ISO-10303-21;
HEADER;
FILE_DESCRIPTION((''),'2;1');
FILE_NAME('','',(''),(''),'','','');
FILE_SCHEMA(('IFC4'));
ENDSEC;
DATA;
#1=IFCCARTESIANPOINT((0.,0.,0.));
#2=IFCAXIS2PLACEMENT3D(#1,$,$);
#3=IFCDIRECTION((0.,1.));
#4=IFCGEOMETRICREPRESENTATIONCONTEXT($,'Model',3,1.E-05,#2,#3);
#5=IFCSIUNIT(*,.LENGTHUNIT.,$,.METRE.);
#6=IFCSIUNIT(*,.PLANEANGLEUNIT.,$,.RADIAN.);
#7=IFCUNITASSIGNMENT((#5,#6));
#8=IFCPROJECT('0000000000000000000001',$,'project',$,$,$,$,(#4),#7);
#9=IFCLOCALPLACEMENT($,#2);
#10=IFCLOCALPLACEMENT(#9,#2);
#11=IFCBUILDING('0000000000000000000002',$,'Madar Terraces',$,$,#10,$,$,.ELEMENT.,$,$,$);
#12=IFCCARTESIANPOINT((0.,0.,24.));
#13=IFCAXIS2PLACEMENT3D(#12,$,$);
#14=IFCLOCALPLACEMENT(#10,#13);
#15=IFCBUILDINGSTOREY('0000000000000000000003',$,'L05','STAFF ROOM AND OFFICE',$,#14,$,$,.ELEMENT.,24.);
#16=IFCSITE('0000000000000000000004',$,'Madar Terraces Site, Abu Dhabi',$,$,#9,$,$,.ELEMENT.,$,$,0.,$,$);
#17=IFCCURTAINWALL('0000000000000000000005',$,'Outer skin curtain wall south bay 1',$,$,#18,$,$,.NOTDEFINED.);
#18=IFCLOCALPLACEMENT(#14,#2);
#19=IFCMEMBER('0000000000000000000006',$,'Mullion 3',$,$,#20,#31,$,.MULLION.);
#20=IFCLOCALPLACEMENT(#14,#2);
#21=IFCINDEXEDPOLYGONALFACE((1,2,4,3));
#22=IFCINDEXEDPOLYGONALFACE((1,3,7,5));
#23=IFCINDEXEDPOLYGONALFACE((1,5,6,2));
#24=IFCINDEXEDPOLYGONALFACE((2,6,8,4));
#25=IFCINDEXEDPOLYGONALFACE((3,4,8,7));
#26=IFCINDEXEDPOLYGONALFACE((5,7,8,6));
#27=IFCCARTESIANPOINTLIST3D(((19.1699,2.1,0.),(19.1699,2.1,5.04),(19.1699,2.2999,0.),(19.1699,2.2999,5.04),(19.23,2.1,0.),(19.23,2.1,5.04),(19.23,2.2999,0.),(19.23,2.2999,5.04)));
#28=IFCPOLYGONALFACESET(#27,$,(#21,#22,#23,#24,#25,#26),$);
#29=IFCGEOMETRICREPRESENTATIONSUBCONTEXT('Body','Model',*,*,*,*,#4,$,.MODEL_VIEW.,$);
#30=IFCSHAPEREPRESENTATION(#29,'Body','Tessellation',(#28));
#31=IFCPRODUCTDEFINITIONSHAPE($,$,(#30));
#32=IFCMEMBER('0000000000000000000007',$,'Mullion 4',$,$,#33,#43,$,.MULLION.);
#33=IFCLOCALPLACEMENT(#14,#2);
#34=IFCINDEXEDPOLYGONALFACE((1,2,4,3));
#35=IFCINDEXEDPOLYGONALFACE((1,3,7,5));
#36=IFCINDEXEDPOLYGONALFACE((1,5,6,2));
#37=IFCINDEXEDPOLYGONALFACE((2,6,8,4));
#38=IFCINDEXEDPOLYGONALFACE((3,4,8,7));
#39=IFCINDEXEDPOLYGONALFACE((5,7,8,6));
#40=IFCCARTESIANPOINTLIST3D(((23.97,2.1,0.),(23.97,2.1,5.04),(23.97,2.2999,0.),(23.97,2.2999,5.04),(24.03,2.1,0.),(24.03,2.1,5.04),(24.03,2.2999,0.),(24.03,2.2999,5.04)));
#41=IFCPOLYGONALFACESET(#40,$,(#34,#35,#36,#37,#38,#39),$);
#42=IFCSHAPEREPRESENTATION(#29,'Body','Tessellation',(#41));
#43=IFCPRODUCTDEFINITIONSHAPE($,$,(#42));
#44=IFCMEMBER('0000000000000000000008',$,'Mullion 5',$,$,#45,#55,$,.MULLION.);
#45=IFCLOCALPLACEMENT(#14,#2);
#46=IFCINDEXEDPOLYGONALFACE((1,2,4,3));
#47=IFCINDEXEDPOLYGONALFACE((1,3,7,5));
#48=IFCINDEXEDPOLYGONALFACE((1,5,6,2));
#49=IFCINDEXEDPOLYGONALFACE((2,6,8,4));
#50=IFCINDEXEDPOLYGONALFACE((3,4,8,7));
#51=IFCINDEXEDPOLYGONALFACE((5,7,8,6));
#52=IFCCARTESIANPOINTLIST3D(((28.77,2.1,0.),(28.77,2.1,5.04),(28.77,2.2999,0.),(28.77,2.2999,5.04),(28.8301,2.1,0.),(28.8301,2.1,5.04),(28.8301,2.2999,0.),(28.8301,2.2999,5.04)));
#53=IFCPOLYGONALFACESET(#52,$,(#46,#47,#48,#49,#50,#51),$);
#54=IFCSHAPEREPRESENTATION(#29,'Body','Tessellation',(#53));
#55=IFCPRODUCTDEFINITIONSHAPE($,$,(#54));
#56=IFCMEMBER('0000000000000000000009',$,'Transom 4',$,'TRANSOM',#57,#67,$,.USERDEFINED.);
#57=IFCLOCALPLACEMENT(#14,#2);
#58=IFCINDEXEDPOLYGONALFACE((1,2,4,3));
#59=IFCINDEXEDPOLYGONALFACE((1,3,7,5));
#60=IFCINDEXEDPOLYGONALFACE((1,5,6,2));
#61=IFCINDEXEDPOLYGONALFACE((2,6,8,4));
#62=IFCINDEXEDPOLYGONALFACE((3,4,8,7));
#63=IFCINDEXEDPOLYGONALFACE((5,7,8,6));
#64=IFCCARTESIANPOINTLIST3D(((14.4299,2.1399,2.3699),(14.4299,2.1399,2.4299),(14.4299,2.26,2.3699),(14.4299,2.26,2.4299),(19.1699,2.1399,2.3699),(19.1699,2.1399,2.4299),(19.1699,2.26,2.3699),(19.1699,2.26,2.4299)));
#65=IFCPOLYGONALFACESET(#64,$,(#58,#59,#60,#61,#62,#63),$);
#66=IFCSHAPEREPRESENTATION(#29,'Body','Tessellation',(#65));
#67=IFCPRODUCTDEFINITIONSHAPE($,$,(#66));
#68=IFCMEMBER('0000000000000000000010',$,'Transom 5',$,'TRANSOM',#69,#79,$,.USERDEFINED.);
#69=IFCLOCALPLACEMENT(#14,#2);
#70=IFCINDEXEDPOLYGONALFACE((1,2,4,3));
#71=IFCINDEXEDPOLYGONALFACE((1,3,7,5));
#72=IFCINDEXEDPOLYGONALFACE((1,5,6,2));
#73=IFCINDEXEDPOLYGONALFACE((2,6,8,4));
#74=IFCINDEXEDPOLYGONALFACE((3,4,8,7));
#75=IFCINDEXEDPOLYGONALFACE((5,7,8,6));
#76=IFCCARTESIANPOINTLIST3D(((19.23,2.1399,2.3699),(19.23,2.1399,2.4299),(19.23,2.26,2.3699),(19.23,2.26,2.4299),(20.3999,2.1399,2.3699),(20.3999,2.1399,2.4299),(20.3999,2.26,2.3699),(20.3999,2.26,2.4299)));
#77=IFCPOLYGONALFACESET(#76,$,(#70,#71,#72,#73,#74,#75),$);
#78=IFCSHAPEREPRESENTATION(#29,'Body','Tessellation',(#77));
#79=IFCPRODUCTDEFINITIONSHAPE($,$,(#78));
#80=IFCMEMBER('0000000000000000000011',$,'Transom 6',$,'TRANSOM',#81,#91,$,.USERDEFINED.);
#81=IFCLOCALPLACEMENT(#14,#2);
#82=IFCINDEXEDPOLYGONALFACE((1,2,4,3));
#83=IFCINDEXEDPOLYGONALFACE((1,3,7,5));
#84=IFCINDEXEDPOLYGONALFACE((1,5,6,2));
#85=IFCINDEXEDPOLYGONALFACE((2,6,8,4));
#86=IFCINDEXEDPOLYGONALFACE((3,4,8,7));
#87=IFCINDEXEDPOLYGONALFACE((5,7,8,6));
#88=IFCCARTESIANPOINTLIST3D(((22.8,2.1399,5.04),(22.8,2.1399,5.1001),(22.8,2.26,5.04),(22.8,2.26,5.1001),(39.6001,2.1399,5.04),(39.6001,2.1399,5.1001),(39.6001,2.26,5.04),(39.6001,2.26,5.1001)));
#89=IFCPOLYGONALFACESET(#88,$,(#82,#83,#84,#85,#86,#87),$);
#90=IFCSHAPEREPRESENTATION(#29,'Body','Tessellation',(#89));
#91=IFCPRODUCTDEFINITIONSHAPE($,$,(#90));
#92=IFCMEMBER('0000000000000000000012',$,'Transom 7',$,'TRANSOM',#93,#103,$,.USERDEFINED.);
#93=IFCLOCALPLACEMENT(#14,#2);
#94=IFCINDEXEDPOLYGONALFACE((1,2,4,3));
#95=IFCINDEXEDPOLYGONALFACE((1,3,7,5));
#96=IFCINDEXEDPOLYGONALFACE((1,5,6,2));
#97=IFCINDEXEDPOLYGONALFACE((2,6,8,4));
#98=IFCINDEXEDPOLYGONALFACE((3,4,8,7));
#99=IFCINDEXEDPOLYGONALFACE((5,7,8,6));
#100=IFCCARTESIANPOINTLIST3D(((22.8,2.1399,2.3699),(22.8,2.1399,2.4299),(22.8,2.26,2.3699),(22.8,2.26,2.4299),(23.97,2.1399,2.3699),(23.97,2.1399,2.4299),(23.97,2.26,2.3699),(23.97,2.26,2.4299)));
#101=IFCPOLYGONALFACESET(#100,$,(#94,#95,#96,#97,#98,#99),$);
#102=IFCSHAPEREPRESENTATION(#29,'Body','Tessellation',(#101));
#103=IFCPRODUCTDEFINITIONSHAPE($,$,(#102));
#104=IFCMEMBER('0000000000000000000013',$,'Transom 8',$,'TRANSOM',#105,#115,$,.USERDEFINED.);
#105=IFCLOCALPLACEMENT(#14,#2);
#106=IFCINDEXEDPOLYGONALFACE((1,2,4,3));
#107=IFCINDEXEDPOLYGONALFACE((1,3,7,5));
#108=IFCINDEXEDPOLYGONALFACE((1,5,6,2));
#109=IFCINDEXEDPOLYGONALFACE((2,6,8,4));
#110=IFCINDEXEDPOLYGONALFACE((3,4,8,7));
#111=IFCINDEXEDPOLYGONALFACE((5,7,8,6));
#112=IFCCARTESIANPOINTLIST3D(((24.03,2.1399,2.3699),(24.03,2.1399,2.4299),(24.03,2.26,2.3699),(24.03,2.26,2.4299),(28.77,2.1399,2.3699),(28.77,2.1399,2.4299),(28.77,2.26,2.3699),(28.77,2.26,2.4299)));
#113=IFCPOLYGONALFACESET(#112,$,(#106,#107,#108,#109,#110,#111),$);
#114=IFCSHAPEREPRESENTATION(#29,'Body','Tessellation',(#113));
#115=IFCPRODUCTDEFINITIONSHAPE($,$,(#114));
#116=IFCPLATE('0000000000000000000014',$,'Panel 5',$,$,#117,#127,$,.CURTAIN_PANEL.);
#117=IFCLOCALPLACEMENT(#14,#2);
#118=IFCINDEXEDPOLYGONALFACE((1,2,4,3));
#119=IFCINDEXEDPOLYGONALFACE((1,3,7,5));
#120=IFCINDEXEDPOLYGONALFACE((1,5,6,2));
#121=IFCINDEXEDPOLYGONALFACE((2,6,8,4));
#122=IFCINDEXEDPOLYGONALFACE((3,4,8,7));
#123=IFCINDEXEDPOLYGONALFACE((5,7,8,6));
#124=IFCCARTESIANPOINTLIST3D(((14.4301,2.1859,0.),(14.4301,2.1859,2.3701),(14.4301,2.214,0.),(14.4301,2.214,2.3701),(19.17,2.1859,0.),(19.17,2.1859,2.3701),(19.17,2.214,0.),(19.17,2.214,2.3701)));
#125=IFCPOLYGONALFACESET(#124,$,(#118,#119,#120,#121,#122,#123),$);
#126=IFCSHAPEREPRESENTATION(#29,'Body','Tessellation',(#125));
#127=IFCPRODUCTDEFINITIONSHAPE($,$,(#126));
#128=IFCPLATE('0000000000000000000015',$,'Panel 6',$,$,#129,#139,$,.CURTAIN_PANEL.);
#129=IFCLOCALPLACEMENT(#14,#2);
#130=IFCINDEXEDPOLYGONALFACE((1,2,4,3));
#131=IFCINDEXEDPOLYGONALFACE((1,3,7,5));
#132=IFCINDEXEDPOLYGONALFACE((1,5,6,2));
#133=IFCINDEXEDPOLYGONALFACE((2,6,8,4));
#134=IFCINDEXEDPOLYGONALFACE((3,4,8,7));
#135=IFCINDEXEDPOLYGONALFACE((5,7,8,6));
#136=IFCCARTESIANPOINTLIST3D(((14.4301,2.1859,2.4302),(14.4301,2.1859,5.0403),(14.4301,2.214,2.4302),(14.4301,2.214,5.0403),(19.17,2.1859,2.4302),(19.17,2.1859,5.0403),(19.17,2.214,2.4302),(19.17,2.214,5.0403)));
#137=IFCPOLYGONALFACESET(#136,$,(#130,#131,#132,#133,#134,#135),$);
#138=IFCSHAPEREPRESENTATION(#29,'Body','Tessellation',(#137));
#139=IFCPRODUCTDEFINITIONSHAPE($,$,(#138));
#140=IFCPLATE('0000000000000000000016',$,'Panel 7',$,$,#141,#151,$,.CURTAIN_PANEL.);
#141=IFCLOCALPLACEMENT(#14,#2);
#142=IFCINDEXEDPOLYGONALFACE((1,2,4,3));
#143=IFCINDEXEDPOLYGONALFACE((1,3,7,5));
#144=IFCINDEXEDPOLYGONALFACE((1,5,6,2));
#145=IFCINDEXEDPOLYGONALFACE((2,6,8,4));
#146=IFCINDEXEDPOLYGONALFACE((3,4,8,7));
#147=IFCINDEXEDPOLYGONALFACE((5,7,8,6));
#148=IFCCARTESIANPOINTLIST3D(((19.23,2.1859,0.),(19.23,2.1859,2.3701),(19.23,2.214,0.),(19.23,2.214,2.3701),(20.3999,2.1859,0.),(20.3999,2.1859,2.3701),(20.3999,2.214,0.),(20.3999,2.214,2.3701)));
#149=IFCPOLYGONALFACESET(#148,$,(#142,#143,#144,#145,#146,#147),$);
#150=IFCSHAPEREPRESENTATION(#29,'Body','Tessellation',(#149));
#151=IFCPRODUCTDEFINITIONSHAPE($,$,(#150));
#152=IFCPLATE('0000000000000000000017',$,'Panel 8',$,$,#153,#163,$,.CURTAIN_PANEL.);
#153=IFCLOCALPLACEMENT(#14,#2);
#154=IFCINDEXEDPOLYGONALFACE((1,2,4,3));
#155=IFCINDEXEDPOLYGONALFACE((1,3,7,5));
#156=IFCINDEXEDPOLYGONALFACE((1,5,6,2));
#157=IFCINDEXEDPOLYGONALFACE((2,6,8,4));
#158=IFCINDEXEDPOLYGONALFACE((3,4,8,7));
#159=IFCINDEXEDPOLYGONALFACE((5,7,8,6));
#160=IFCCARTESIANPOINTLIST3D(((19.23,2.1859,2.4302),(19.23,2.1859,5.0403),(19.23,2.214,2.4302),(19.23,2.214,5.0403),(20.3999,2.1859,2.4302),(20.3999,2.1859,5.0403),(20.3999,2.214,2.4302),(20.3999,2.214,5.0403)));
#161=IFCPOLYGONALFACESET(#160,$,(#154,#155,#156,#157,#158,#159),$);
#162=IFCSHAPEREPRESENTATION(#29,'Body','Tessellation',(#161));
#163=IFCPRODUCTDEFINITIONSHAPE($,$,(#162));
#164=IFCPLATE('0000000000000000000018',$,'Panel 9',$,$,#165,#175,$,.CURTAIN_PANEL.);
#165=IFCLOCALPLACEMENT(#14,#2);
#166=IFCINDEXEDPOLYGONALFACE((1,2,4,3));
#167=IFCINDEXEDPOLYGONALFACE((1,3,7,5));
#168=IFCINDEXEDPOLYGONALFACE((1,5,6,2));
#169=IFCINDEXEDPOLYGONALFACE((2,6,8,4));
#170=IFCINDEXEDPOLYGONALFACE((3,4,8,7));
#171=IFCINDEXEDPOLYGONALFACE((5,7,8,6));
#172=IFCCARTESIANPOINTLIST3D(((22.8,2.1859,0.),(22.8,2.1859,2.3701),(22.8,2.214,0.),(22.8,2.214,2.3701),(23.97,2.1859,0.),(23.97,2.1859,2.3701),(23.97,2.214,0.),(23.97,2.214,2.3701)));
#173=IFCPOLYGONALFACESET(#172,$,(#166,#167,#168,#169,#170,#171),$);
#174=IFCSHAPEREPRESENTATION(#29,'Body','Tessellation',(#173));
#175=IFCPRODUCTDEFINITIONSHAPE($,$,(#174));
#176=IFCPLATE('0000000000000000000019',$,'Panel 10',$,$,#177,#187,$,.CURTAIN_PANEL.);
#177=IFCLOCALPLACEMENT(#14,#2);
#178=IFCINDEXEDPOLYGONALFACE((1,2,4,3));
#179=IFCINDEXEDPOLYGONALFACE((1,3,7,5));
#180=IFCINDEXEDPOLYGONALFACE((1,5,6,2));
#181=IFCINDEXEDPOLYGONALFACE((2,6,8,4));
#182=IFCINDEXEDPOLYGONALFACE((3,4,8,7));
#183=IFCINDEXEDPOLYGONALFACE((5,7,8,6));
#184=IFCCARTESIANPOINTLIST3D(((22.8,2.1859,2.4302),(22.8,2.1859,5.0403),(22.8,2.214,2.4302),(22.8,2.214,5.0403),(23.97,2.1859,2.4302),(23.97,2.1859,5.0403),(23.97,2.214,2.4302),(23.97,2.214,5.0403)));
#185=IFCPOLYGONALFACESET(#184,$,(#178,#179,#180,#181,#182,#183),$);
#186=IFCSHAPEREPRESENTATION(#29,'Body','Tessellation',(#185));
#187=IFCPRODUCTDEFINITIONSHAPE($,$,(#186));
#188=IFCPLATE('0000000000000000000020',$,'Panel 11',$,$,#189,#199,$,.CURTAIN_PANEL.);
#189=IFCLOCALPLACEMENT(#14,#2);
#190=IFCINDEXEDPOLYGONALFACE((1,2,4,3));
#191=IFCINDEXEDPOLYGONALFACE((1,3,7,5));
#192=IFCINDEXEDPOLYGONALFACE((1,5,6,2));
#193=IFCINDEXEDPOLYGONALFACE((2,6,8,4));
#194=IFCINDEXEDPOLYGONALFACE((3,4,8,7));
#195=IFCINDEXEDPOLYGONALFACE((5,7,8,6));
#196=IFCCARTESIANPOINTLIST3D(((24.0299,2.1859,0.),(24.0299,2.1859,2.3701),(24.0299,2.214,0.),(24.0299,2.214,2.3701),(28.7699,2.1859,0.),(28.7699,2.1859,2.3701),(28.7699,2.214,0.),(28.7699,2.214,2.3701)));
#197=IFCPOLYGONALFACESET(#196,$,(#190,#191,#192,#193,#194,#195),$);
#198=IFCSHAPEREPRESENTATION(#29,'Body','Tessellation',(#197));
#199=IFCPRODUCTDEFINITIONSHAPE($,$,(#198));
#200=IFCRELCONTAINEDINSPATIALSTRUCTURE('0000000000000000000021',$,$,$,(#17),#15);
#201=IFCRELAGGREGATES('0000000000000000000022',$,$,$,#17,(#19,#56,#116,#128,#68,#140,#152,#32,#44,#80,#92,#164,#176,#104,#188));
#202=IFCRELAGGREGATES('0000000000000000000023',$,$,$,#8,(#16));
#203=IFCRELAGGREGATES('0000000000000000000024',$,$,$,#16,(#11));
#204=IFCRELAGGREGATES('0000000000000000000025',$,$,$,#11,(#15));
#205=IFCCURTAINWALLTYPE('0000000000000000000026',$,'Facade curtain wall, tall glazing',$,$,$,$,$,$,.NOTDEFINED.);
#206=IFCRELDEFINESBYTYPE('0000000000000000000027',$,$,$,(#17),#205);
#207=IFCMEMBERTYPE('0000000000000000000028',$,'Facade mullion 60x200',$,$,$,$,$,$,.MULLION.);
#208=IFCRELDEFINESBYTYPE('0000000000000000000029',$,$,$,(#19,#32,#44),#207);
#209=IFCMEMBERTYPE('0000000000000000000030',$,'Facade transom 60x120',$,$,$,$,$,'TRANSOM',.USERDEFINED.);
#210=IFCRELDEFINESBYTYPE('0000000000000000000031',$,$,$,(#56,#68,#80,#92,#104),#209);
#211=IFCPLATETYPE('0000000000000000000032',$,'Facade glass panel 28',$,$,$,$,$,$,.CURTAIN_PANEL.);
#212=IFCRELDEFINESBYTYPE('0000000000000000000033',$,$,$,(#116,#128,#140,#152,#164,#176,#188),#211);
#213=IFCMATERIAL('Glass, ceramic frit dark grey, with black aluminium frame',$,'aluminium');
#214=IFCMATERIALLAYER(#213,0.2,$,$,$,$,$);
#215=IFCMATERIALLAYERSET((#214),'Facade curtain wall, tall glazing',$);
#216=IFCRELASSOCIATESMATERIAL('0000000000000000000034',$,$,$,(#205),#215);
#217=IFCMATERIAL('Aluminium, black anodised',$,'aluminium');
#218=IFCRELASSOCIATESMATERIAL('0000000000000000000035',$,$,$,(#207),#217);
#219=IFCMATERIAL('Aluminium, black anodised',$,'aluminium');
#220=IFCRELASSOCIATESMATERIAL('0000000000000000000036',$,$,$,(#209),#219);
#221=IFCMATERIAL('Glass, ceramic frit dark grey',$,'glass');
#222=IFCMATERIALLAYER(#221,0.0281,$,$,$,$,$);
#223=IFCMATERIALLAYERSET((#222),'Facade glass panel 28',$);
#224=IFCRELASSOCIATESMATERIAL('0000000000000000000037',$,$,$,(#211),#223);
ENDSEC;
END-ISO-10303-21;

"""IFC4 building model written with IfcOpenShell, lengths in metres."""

from ifc_helpers import new_model, si_unit, direction, frame, origin, origin_2d, place, context, subcontext, project, spatial, rectangle, extrude, material, layer, layer_set, material_profile, profile_set, type_object, element, aggregate, save


model = new_model("IFC4")

# Units and contexts
model_context = context("Model", 3, precision=1e-05, world=origin(), true_north=direction((0.0, 1.0)))
body_context = subcontext(model_context, "Body", "Model", "MODEL_VIEW")
ifc_project = project(units=[si_unit("LENGTHUNIT", "METRE"), si_unit("PLANEANGLEUNIT", "RADIAN")], contexts=[model_context])

# Site, building, storey
site_placement = place(None, origin())
site = spatial("IfcSite", under=ifc_project, at=site_placement, Name="Madar Terraces Site, Abu Dhabi", CompositionType="ELEMENT", RefElevation=0.0)
building_placement = place(site_placement, origin())
building = spatial("IfcBuilding", under=site, at=building_placement, Name="Madar Terraces", CompositionType="ELEMENT")
storey_placement = place(building_placement, frame((0.0, 0.0, 24.0)))
storey = spatial("IfcBuildingStorey", under=building, at=storey_placement, Name="L05", Description="STAFF ROOM AND OFFICE", CompositionType="ELEMENT", Elevation=24.0)

# Curtain wall, members, plates
ifc_material_1 = material(Name="Glass, ceramic frit dark grey, with black aluminium frame", Category="aluminium")
ifc_layer_1 = layer(ifc_material_1, 0.2)
ifc_layer_set_1 = layer_set([ifc_layer_1], Name="Facade curtain wall, tall glazing")
curtain_wall_type = type_object("IfcCurtainWallType", Name="Facade curtain wall, tall glazing", PredefinedType="NOTDEFINED", material=ifc_layer_set_1)
curtain_wall_placement = place(storey_placement, origin())
curtain_wall = element("IfcCurtainWall", 1, at=curtain_wall_placement, inside=storey, type_object=curtain_wall_type, Name="Outer skin curtain wall south bay 1", PredefinedType="NOTDEFINED")
ifc_material_2 = material(Name="Aluminium, black anodised", Category="aluminium")
ifc_material_profile_1 = material_profile(ifc_material_2, rectangle(XDim=0.2, YDim=0.0601, at=origin_2d()), Name="Facade mullion 60x200")
ifc_profile_set_1 = profile_set([ifc_material_profile_1], Name="Aluminium, black anodised")
member_type_1 = type_object("IfcMemberType", Name="Facade mullion 60x200", PredefinedType="MULLION", material=ifc_profile_set_1)
member_1_placement = place(storey_placement, frame((19.2, 2.2, 0.0), z_axis=(0.0, 0.0, 1.0), x_axis=(0.0, 1.0, 0.0)))
member_1 = element("IfcMember", 2, at=member_1_placement, type_object=member_type_1, Name="Mullion 3", PredefinedType="MULLION", context=body_context, shape_type="SweptSolid", body=[
    extrude(rectangle(XDim=0.2, YDim=0.0601, at=origin_2d()), origin(), (0.0, 0.0, 1.0), 5.04),
])
member_2_placement = place(storey_placement, frame((24.0, 2.2, 0.0), z_axis=(0.0, 0.0, 1.0), x_axis=(0.0, 1.0, 0.0)))
member_2 = element("IfcMember", 3, at=member_2_placement, type_object=member_type_1, Name="Mullion 4", PredefinedType="MULLION", context=body_context, shape_type="SweptSolid", body=[
    extrude(rectangle(XDim=0.2, YDim=0.0601, at=origin_2d()), origin(), (0.0, 0.0, 1.0), 5.04),
])
member_3_placement = place(storey_placement, frame((28.8, 2.2, 0.0), z_axis=(0.0, 0.0, 1.0), x_axis=(0.0, 1.0, 0.0)))
member_3 = element("IfcMember", 4, at=member_3_placement, type_object=member_type_1, Name="Mullion 5", PredefinedType="MULLION", context=body_context, shape_type="SweptSolid", body=[
    extrude(rectangle(XDim=0.2, YDim=0.0601, at=origin_2d()), origin(), (0.0, 0.0, 1.0), 5.04),
])
ifc_material_3 = material(Name="Aluminium, black anodised", Category="aluminium")
ifc_material_profile_2 = material_profile(ifc_material_3, rectangle(XDim=0.1201, YDim=0.0601, at=origin_2d()), Name="Facade transom 60x120")
ifc_profile_set_2 = profile_set([ifc_material_profile_2], Name="Aluminium, black anodised")
member_type_2 = type_object("IfcMemberType", Name="Facade transom 60x120", ElementType="TRANSOM", PredefinedType="USERDEFINED", material=ifc_profile_set_2)
member_4_placement = place(storey_placement, frame((14.4299, 2.2, 2.3999), z_axis=(1.0, 0.0, 0.0), x_axis=(0.0, 1.0, 0.0)))
member_4 = element("IfcMember", 5, at=member_4_placement, type_object=member_type_2, Name="Transom 4", ObjectType="TRANSOM", PredefinedType="USERDEFINED", context=body_context, shape_type="SweptSolid", body=[
    extrude(rectangle(XDim=0.1201, YDim=0.0601, at=origin_2d()), origin(), (0.0, 0.0, 1.0), 4.74),
])
member_5_placement = place(storey_placement, frame((19.23, 2.2, 2.3999), z_axis=(1.0, 0.0, 0.0), x_axis=(0.0, 1.0, 0.0)))
member_5 = element("IfcMember", 6, at=member_5_placement, type_object=member_type_2, Name="Transom 5", ObjectType="TRANSOM", PredefinedType="USERDEFINED", context=body_context, shape_type="SweptSolid", body=[
    extrude(rectangle(XDim=0.1201, YDim=0.0601, at=origin_2d()), origin(), (0.0, 0.0, 1.0), 1.1699),
])
member_6_placement = place(storey_placement, frame((22.8, 2.2, 5.0701), z_axis=(1.0, 0.0, 0.0), x_axis=(0.0, 1.0, 0.0)))
member_6 = element("IfcMember", 7, at=member_6_placement, type_object=member_type_2, Name="Transom 6", ObjectType="TRANSOM", PredefinedType="USERDEFINED", context=body_context, shape_type="SweptSolid", body=[
    extrude(rectangle(XDim=0.1201, YDim=0.0601, at=origin_2d()), origin(), (0.0, 0.0, 1.0), 16.8),
])
member_7_placement = place(storey_placement, frame((22.8, 2.2, 2.3999), z_axis=(1.0, 0.0, 0.0), x_axis=(0.0, 1.0, 0.0)))
member_7 = element("IfcMember", 8, at=member_7_placement, type_object=member_type_2, Name="Transom 7", ObjectType="TRANSOM", PredefinedType="USERDEFINED", context=body_context, shape_type="SweptSolid", body=[
    extrude(rectangle(XDim=0.1201, YDim=0.0601, at=origin_2d()), origin(), (0.0, 0.0, 1.0), 1.1699),
])
member_8_placement = place(storey_placement, frame((24.03, 2.2, 2.3999), z_axis=(1.0, 0.0, 0.0), x_axis=(0.0, 1.0, 0.0)))
member_8 = element("IfcMember", 9, at=member_8_placement, type_object=member_type_2, Name="Transom 8", ObjectType="TRANSOM", PredefinedType="USERDEFINED", context=body_context, shape_type="SweptSolid", body=[
    extrude(rectangle(XDim=0.1201, YDim=0.0601, at=origin_2d()), origin(), (0.0, 0.0, 1.0), 4.74),
])
ifc_material_4 = material(Name="Glass, ceramic frit dark grey", Category="glass")
ifc_layer_2 = layer(ifc_material_4, 0.0281)
ifc_layer_set_2 = layer_set([ifc_layer_2], Name="Facade glass panel 28")
plate_type = type_object("IfcPlateType", Name="Facade glass panel 28", PredefinedType="CURTAIN_PANEL", material=ifc_layer_set_2)
plate_1_placement = place(storey_placement, frame((16.8, 2.2, 0.0), z_axis=(0.0, 0.0, 1.0), x_axis=(1.0, 0.0, 0.0)))
plate_1 = element("IfcPlate", 10, at=plate_1_placement, type_object=plate_type, Name="Panel 5", PredefinedType="CURTAIN_PANEL", context=body_context, shape_type="SweptSolid", body=[
    extrude(rectangle(XDim=4.74, YDim=0.0281, at=origin_2d()), origin(), (0.0, 0.0, 1.0), 2.3701),
])
plate_2_placement = place(storey_placement, frame((16.8, 2.2, 2.4302), z_axis=(0.0, 0.0, 1.0), x_axis=(1.0, 0.0, 0.0)))
plate_2 = element("IfcPlate", 11, at=plate_2_placement, type_object=plate_type, Name="Panel 6", PredefinedType="CURTAIN_PANEL", context=body_context, shape_type="SweptSolid", body=[
    extrude(rectangle(XDim=4.74, YDim=0.0281, at=origin_2d()), origin(), (0.0, 0.0, 1.0), 2.6101),
])
plate_3_placement = place(storey_placement, frame((19.8149, 2.2, 0.0), z_axis=(0.0, 0.0, 1.0), x_axis=(1.0, 0.0, 0.0)))
plate_3 = element("IfcPlate", 12, at=plate_3_placement, type_object=plate_type, Name="Panel 7", PredefinedType="CURTAIN_PANEL", context=body_context, shape_type="SweptSolid", body=[
    extrude(rectangle(XDim=1.1699, YDim=0.0281, at=origin_2d()), origin(), (0.0, 0.0, 1.0), 2.3701),
])
plate_4_placement = place(storey_placement, frame((19.8149, 2.2, 2.4302), z_axis=(0.0, 0.0, 1.0), x_axis=(1.0, 0.0, 0.0)))
plate_4 = element("IfcPlate", 13, at=plate_4_placement, type_object=plate_type, Name="Panel 8", PredefinedType="CURTAIN_PANEL", context=body_context, shape_type="SweptSolid", body=[
    extrude(rectangle(XDim=1.1699, YDim=0.0281, at=origin_2d()), origin(), (0.0, 0.0, 1.0), 2.6101),
])
plate_5_placement = place(storey_placement, frame((23.385, 2.2, 0.0), z_axis=(0.0, 0.0, 1.0), x_axis=(1.0, 0.0, 0.0)))
plate_5 = element("IfcPlate", 14, at=plate_5_placement, type_object=plate_type, Name="Panel 9", PredefinedType="CURTAIN_PANEL", context=body_context, shape_type="SweptSolid", body=[
    extrude(rectangle(XDim=1.1699, YDim=0.0281, at=origin_2d()), origin(), (0.0, 0.0, 1.0), 2.3701),
])
plate_6_placement = place(storey_placement, frame((23.385, 2.2, 2.4302), z_axis=(0.0, 0.0, 1.0), x_axis=(1.0, 0.0, 0.0)))
plate_6 = element("IfcPlate", 15, at=plate_6_placement, type_object=plate_type, Name="Panel 10", PredefinedType="CURTAIN_PANEL", context=body_context, shape_type="SweptSolid", body=[
    extrude(rectangle(XDim=1.1699, YDim=0.0281, at=origin_2d()), origin(), (0.0, 0.0, 1.0), 2.6101),
])
plate_7_placement = place(storey_placement, frame((26.3999, 2.2, 0.0), z_axis=(0.0, 0.0, 1.0), x_axis=(1.0, 0.0, 0.0)))
plate_7 = element("IfcPlate", 16, at=plate_7_placement, type_object=plate_type, Name="Panel 11", PredefinedType="CURTAIN_PANEL", context=body_context, shape_type="SweptSolid", body=[
    extrude(rectangle(XDim=4.74, YDim=0.0281, at=origin_2d()), origin(), (0.0, 0.0, 1.0), 2.3701),
])
aggregate(curtain_wall, [member_1, member_4, plate_1, plate_2, member_5, plate_3, plate_4, member_2, member_3, member_6, member_7, plate_5, plate_6, member_8, plate_7])

save(model, "model.ifc")
